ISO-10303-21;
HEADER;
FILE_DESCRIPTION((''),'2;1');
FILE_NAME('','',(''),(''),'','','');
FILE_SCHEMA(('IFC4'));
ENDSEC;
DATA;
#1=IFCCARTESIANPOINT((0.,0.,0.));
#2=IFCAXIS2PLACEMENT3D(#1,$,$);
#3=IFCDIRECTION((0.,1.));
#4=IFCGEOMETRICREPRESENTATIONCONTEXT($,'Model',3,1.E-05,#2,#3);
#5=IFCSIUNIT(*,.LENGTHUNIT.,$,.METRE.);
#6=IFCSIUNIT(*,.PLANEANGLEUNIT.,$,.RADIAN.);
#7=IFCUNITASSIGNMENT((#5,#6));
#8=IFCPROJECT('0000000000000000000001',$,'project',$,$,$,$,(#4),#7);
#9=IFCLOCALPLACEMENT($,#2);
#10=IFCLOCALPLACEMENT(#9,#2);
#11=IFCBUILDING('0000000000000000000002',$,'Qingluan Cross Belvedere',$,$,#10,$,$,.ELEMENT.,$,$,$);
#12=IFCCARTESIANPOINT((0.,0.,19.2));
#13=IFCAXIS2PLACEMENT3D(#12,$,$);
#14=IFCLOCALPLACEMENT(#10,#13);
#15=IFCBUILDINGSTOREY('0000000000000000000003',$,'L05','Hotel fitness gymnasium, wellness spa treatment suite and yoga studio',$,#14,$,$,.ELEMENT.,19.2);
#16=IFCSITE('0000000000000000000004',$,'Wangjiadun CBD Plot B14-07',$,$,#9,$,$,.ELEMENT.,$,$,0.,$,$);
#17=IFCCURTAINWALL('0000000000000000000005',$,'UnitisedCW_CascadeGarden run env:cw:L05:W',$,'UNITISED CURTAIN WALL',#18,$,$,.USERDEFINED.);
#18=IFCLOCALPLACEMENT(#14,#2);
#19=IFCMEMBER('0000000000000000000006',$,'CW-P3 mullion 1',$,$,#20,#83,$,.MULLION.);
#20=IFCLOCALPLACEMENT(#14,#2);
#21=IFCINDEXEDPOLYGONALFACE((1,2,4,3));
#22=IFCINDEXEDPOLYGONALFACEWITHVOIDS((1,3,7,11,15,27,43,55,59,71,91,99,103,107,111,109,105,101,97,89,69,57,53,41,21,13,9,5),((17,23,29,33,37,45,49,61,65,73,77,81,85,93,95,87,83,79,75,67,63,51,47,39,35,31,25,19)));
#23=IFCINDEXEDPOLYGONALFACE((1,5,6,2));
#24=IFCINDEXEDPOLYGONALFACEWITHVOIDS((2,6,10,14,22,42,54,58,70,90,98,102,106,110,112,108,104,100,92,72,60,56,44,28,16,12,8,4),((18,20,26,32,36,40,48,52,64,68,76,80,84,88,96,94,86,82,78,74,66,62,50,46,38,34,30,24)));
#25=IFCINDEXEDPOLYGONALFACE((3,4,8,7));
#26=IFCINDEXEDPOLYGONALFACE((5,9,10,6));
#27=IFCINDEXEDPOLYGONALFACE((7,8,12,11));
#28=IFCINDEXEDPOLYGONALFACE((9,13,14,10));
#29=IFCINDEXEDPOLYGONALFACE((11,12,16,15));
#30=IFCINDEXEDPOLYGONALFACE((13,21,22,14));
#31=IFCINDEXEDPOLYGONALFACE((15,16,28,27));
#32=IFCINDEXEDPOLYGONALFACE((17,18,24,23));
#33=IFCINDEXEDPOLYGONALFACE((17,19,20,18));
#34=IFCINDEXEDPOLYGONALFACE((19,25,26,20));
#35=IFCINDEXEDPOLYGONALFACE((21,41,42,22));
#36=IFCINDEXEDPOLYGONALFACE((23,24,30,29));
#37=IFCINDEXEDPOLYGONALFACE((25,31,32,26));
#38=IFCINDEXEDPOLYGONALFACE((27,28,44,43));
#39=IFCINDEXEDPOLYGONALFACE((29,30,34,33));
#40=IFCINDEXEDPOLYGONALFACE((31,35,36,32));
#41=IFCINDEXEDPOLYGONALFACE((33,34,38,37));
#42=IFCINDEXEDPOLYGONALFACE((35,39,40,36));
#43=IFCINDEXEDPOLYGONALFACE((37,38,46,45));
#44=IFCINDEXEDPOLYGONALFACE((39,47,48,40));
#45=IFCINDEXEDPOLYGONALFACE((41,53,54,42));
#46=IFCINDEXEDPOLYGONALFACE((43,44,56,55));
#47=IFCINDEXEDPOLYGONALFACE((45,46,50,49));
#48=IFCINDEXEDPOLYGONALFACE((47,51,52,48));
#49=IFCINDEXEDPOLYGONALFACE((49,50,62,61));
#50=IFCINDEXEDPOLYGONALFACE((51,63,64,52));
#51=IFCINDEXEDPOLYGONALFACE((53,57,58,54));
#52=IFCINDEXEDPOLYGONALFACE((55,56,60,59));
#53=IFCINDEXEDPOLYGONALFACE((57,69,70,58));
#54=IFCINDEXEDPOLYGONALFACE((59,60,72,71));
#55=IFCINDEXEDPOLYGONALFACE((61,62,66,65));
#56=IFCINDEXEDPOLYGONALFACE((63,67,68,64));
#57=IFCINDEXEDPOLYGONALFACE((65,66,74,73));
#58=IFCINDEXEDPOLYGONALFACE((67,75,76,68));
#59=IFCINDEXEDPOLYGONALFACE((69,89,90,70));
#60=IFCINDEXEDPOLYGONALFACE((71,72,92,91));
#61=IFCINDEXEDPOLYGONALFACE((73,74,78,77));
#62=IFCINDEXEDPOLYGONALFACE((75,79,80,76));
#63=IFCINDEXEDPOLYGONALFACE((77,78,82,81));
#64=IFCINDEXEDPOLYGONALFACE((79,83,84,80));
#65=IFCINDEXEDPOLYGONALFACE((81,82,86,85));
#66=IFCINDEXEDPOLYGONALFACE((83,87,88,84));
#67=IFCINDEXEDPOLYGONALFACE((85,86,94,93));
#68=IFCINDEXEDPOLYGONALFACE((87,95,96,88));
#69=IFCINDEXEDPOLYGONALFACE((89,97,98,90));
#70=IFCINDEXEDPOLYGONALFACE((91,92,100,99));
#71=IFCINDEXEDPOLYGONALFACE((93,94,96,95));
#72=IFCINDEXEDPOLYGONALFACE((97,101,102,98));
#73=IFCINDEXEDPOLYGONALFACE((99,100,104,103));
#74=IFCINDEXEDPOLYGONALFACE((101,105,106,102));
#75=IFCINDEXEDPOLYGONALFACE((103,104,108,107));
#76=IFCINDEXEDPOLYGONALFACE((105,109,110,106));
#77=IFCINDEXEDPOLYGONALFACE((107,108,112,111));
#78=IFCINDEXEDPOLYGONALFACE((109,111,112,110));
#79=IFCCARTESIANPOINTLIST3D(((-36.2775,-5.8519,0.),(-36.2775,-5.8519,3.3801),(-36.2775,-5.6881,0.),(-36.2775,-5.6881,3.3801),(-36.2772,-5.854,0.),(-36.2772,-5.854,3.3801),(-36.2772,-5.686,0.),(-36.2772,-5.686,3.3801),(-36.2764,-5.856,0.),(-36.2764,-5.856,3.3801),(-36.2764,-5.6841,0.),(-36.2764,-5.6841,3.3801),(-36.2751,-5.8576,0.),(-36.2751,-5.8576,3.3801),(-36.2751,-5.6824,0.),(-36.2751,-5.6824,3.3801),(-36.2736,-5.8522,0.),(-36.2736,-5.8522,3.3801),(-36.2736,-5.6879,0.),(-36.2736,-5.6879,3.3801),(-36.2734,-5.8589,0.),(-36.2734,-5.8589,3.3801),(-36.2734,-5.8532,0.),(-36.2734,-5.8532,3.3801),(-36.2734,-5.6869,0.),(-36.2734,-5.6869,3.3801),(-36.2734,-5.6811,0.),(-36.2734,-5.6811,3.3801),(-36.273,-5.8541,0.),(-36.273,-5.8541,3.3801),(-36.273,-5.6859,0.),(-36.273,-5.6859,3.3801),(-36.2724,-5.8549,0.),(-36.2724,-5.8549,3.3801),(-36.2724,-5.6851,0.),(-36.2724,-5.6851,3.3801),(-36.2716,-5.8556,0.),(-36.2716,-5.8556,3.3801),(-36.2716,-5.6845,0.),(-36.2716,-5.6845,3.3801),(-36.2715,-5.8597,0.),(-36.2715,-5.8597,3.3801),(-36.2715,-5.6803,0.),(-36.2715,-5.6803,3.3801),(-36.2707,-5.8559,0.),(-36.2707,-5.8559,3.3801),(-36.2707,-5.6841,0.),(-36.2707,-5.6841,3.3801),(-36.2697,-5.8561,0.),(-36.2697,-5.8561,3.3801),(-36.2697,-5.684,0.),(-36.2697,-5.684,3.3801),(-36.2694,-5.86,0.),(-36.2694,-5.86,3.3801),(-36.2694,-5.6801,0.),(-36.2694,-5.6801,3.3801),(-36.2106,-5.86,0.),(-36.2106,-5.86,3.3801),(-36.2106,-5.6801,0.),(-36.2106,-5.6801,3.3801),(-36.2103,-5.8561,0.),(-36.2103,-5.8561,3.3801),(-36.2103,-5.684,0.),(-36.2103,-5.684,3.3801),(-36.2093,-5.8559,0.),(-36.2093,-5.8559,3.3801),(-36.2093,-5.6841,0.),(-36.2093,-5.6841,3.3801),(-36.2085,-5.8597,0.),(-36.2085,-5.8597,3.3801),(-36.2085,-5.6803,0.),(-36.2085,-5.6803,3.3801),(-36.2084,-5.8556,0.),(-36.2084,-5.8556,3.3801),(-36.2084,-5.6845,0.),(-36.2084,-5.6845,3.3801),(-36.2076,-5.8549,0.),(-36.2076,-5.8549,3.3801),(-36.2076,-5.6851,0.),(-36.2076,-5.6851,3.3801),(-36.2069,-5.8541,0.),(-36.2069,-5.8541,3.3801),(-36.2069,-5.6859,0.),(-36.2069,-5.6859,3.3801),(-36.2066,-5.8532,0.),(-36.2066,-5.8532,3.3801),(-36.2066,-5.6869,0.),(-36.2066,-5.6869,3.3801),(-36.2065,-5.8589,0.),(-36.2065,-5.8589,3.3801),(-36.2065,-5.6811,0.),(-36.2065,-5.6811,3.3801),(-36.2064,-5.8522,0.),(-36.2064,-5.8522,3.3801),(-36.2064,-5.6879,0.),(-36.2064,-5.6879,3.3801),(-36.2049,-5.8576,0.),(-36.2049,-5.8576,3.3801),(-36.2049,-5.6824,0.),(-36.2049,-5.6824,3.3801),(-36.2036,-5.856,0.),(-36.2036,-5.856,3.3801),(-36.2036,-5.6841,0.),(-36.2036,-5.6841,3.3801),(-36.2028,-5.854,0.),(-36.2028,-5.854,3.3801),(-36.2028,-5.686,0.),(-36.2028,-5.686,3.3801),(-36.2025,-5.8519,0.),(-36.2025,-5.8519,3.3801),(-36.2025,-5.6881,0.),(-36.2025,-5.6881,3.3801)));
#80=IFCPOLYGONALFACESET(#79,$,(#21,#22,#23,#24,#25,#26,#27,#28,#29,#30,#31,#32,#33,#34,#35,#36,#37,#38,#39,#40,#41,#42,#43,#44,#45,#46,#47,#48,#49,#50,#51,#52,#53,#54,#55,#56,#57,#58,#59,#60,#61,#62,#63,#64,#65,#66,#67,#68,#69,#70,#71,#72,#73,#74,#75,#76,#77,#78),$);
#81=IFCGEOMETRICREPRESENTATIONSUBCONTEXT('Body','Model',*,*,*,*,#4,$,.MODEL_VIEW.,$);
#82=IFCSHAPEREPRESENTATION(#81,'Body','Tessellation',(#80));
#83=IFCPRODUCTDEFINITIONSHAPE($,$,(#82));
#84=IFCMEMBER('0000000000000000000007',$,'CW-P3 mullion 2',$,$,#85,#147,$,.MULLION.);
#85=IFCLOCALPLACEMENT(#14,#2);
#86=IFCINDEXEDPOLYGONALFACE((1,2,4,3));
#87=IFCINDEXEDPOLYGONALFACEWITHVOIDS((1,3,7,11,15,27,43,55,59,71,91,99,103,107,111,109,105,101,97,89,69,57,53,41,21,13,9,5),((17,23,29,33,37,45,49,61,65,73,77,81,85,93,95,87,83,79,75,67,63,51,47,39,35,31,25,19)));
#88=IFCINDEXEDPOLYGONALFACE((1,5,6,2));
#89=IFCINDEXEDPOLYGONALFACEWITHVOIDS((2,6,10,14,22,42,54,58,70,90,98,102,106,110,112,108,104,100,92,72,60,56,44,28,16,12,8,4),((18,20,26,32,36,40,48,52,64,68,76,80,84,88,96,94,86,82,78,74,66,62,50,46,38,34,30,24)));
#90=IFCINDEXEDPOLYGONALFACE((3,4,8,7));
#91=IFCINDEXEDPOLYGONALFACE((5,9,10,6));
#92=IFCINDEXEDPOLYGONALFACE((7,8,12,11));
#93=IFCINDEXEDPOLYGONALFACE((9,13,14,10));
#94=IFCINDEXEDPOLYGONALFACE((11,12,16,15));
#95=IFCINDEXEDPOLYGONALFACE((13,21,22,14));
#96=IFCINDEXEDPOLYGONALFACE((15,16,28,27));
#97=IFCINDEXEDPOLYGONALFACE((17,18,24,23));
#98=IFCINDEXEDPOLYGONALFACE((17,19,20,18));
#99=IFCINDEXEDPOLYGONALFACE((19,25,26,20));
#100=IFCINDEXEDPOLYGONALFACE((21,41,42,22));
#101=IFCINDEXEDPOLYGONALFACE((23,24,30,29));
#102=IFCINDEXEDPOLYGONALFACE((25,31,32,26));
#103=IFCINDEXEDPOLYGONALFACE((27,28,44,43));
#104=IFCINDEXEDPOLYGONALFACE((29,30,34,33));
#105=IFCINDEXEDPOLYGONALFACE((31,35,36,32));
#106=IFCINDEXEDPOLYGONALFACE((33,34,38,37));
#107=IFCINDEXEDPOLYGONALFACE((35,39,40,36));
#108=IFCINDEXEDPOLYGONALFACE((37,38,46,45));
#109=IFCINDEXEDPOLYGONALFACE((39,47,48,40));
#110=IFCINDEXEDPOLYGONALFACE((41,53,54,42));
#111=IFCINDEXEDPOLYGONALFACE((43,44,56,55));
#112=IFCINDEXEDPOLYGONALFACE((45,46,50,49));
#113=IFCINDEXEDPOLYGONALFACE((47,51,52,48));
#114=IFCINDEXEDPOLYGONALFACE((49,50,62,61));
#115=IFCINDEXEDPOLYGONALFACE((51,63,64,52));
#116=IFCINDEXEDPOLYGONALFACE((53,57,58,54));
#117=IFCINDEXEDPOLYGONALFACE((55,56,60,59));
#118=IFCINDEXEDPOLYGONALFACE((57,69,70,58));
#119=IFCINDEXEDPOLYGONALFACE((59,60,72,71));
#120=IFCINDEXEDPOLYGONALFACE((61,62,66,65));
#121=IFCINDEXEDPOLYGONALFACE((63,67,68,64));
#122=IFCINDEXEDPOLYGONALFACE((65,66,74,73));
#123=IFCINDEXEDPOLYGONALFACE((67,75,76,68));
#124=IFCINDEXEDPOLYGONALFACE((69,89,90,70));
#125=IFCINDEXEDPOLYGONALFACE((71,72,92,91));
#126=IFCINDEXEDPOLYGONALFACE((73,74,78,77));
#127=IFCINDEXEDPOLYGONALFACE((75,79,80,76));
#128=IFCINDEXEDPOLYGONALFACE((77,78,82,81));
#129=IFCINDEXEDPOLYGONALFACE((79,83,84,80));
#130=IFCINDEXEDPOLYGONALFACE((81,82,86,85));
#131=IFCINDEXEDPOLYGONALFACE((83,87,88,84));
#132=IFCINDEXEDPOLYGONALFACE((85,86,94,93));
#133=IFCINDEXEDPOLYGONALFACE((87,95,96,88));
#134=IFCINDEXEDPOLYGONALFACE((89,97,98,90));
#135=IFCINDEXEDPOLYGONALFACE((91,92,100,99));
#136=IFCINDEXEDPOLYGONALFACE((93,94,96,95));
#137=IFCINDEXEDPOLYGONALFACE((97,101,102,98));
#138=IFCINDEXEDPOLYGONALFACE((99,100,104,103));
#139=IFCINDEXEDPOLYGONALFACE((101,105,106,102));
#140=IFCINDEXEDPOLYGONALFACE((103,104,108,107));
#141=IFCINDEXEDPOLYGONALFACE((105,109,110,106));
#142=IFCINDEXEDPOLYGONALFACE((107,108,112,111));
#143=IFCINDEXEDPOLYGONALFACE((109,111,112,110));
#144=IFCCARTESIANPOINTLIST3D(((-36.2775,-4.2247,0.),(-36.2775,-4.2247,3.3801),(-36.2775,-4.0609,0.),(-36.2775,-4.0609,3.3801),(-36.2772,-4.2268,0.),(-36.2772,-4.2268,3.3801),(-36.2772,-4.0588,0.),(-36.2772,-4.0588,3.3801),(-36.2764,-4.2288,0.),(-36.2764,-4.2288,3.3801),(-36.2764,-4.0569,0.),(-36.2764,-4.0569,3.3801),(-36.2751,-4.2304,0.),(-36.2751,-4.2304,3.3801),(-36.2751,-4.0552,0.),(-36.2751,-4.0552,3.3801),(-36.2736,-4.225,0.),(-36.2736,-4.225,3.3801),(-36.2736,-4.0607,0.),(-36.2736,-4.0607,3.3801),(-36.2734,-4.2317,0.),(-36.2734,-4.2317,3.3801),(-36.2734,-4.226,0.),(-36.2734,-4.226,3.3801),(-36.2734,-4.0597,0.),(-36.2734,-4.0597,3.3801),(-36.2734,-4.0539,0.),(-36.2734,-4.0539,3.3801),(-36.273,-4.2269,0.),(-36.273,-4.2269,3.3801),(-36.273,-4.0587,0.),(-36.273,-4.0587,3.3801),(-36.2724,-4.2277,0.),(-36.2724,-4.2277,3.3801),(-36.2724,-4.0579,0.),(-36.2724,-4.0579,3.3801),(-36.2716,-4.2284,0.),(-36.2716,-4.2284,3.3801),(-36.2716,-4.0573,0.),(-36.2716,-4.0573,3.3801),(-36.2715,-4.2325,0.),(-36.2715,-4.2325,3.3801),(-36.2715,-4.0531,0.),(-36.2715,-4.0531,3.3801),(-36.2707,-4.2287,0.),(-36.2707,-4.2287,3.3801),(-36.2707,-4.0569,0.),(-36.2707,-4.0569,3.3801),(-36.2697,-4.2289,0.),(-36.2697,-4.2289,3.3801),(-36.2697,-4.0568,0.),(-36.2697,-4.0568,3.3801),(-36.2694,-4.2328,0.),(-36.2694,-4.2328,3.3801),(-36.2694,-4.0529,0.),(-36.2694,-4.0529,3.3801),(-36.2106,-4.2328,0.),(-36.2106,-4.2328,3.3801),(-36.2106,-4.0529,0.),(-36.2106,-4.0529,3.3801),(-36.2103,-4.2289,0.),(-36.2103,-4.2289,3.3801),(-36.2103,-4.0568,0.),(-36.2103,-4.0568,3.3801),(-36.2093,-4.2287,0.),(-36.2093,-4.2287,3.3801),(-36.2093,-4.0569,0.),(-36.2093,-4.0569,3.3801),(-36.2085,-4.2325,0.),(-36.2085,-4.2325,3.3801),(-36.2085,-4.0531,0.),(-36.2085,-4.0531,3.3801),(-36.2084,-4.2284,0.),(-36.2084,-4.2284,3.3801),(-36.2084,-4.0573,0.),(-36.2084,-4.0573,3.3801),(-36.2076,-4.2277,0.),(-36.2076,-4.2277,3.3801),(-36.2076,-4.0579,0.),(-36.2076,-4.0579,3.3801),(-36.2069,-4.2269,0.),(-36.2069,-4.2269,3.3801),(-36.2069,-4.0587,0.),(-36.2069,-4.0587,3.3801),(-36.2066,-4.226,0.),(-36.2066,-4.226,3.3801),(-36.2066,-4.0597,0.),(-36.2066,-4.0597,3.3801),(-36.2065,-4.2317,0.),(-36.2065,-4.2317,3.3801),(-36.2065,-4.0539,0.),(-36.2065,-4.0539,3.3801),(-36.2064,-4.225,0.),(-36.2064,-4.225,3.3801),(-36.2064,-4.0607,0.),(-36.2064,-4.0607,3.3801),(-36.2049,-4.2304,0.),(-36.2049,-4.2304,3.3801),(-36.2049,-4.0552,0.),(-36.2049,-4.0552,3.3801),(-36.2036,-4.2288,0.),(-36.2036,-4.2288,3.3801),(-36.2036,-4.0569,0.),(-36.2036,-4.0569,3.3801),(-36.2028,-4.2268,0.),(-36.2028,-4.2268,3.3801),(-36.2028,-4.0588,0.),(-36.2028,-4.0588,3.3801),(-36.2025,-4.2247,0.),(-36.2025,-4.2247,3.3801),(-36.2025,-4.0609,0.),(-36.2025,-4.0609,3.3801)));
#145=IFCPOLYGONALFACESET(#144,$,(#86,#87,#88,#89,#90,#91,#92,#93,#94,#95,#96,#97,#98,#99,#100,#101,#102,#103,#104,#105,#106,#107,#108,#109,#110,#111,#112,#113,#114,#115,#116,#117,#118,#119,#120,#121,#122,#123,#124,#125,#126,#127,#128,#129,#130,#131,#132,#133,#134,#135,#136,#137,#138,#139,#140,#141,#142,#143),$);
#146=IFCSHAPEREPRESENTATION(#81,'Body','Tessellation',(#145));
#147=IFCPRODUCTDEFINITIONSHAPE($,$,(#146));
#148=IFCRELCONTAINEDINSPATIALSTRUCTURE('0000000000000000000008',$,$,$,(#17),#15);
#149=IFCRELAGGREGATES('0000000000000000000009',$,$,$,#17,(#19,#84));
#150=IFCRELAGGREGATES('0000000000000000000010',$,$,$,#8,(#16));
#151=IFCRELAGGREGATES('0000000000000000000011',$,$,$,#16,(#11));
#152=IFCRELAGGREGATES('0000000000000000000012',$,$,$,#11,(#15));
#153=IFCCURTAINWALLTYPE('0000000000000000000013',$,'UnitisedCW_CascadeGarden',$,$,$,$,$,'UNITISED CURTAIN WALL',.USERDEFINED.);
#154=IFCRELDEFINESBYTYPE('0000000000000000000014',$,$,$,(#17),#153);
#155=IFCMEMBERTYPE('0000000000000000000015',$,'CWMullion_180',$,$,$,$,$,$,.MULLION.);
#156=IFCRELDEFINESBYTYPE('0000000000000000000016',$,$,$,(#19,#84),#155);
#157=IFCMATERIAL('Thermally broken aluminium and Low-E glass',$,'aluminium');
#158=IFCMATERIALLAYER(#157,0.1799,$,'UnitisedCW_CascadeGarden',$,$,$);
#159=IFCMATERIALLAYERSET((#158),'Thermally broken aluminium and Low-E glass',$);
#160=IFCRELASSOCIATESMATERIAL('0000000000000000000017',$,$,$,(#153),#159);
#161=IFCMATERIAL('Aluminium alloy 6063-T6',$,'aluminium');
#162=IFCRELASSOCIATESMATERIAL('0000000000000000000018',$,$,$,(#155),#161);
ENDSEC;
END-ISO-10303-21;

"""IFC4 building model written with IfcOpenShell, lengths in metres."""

from ifc_helpers import new_model, si_unit, direction, frame, origin, origin_2d, place, context, subcontext, project, spatial, hollow_rectangle, extrude, material, layer, layer_set, material_profile, profile_set, type_object, element, aggregate, save


model = new_model("IFC4")

# Units and contexts
model_context = context("Model", 3, precision=1e-05, world=origin(), true_north=direction((0.0, 1.0)))
body_context = subcontext(model_context, "Body", "Model", "MODEL_VIEW")
ifc_project = project(units=[si_unit("LENGTHUNIT", "METRE"), si_unit("PLANEANGLEUNIT", "RADIAN")], contexts=[model_context])

# Site, building, storey
site_placement = place(None, origin())
site = spatial("IfcSite", under=ifc_project, at=site_placement, Name="Wangjiadun CBD Plot B14-07", CompositionType="ELEMENT", RefElevation=0.0)
building_placement = place(site_placement, origin())
building = spatial("IfcBuilding", under=site, at=building_placement, Name="Qingluan Cross Belvedere", CompositionType="ELEMENT")
storey_placement = place(building_placement, frame((0.0, 0.0, 19.2)))
storey = spatial("IfcBuildingStorey", under=building, at=storey_placement, Name="L05", Description="Hotel fitness gymnasium, wellness spa treatment suite and yoga studio", CompositionType="ELEMENT", Elevation=19.2)

# Curtain wall, members
ifc_material_1 = material(Name="Thermally broken aluminium and Low-E glass", Category="aluminium")
ifc_layer_1 = layer(ifc_material_1, 0.1799, Name="UnitisedCW_CascadeGarden")
ifc_layer_set_1 = layer_set([ifc_layer_1], Name="Thermally broken aluminium and Low-E glass")
curtain_wall_type = type_object("IfcCurtainWallType", Name="UnitisedCW_CascadeGarden", ElementType="UNITISED CURTAIN WALL", PredefinedType="USERDEFINED", material=ifc_layer_set_1)
curtain_wall_placement = place(storey_placement, origin())
curtain_wall = element("IfcCurtainWall", 1, at=curtain_wall_placement, inside=storey, type_object=curtain_wall_type, Name="UnitisedCW_CascadeGarden run env:cw:L05:W", ObjectType="UNITISED CURTAIN WALL", PredefinedType="USERDEFINED")
ifc_material_2 = material(Name="Aluminium alloy 6063-T6", Category="aluminium")
ifc_material_profile_1 = material_profile(ifc_material_2, hollow_rectangle(XDim=0.075, YDim=0.1799, WallThickness=0.0039, InnerFilletRadius=0.0039, OuterFilletRadius=0.0081, at=origin_2d()), Name="CWM180x75x4")
ifc_profile_set_1 = profile_set([ifc_material_profile_1], Name="Aluminium alloy 6063-T6")
member_type_1 = type_object("IfcMemberType", Name="CWMullion_180", PredefinedType="MULLION", material=ifc_profile_set_1)
member_1_placement = place(storey_placement, frame((-36.24, -5.77, 0.0), z_axis=(0.0, 0.0, 1.0), x_axis=(-1.0, 0.0, 0.0)))
member_1 = element("IfcMember", 2, at=member_1_placement, type_object=member_type_1, Name="CW-P3 mullion 1", PredefinedType="MULLION", context=body_context, shape_type="SweptSolid", body=[
    extrude(hollow_rectangle(XDim=0.075, YDim=0.1799, WallThickness=0.0039, InnerFilletRadius=0.0039, OuterFilletRadius=0.0081, at=origin_2d()), origin(), (0.0, 0.0, 1.0), 3.3801),
])
member_2_placement = place(storey_placement, frame((-36.24, -4.1428, 0.0), z_axis=(0.0, 0.0, 1.0), x_axis=(-1.0, 0.0, 0.0)))
member_2 = element("IfcMember", 3, at=member_2_placement, type_object=member_type_1, Name="CW-P3 mullion 2", PredefinedType="MULLION", context=body_context, shape_type="SweptSolid", body=[
    extrude(hollow_rectangle(XDim=0.075, YDim=0.1799, WallThickness=0.0039, InnerFilletRadius=0.0039, OuterFilletRadius=0.0081, at=origin_2d()), origin(), (0.0, 0.0, 1.0), 3.3801),
])
aggregate(curtain_wall, [member_1, member_2])

save(model, "model.ifc")
